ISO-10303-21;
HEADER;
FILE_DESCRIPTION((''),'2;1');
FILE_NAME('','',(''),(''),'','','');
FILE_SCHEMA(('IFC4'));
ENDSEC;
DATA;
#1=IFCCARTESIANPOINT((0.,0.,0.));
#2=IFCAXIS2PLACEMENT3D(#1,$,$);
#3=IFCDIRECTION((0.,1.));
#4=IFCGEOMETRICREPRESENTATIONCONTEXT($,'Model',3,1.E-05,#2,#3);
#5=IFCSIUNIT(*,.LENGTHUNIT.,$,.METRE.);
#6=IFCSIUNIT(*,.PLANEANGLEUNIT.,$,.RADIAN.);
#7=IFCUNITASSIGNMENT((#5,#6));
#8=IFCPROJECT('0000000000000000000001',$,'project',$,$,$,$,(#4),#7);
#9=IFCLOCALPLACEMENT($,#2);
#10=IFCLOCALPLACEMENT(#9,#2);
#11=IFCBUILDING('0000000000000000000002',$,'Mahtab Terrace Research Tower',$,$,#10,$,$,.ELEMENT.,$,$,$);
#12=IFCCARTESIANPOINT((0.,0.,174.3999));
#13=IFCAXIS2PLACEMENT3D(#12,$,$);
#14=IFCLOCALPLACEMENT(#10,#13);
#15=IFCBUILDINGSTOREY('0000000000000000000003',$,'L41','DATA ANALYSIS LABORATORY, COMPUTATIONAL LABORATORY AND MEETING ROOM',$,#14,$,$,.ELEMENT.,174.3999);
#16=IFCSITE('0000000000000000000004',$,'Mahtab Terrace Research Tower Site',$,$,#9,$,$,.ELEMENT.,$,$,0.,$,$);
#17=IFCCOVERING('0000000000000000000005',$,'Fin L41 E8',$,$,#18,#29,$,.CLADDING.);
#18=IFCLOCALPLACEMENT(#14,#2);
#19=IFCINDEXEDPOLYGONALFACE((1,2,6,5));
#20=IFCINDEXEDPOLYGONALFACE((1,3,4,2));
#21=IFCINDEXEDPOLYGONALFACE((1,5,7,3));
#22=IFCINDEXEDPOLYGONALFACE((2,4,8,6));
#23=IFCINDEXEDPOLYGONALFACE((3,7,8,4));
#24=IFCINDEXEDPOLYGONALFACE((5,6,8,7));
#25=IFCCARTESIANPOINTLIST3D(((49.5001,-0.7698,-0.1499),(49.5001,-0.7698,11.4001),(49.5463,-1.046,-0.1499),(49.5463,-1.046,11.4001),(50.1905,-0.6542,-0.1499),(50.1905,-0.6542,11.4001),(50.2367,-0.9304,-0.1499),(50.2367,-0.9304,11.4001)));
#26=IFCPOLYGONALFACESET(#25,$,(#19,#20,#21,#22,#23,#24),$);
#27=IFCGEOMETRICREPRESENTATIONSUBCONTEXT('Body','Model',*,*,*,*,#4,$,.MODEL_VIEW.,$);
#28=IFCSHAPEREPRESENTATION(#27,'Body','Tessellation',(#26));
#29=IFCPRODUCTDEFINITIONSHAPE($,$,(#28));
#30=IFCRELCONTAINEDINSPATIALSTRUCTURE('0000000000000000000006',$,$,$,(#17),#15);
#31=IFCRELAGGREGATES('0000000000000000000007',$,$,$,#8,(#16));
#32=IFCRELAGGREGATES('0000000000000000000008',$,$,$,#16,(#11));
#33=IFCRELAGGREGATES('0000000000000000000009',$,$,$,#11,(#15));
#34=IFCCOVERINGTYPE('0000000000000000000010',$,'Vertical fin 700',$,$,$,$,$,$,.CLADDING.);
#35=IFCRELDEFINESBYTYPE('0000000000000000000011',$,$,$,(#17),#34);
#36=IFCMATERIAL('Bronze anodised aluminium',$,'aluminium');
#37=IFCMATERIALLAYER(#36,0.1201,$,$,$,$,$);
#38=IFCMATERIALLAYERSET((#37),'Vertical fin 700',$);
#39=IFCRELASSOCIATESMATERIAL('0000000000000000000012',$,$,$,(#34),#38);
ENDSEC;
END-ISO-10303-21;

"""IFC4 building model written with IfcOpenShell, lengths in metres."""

from ifc_helpers import new_model, si_unit, direction, frame, origin, origin_2d, place, context, subcontext, project, spatial, rectangle, extrude, material, layer, layer_set, type_object, element, save


model = new_model("IFC4")

# Units and contexts
model_context = context("Model", 3, precision=1e-05, world=origin(), true_north=direction((0.0, 1.0)))
body_context = subcontext(model_context, "Body", "Model", "MODEL_VIEW")
ifc_project = project(units=[si_unit("LENGTHUNIT", "METRE"), si_unit("PLANEANGLEUNIT", "RADIAN")], contexts=[model_context])

# Site, building, storey
site_placement = place(None, origin())
site = spatial("IfcSite", under=ifc_project, at=site_placement, Name="Mahtab Terrace Research Tower Site", CompositionType="ELEMENT", RefElevation=0.0)
building_placement = place(site_placement, origin())
building = spatial("IfcBuilding", under=site, at=building_placement, Name="Mahtab Terrace Research Tower", CompositionType="ELEMENT")
storey_placement = place(building_placement, frame((0.0, 0.0, 174.3999)))
storey = spatial("IfcBuildingStorey", under=building, at=storey_placement, Name="L41", Description="DATA ANALYSIS LABORATORY, COMPUTATIONAL LABORATORY AND MEETING ROOM", CompositionType="ELEMENT", Elevation=174.3999)

# Covering
ifc_material_1 = material(Name="Bronze anodised aluminium", Category="aluminium")
ifc_layer_1 = layer(ifc_material_1, 0.1201)
ifc_layer_set_1 = layer_set([ifc_layer_1], Name="Vertical fin 700")
covering_type = type_object("IfcCoveringType", Name="Vertical fin 700", PredefinedType="CLADDING", material=ifc_layer_set_1)
for number, where, z_axis, x_axis, name in (
    (1, (49.8684, -0.8501, -0.1499), (0.0, 0.0, 1.0), (-0.165048, 0.986286, 0.0), "Fin L41 E8"),
):
    element("IfcCovering", number, at=place(storey_placement, frame(where, z_axis=z_axis, x_axis=x_axis)), inside=storey, type_object=covering_type, Name=name, PredefinedType="CLADDING", context=body_context, shape_type="SweptSolid", body=[
        extrude(rectangle(XDim=0.28, YDim=0.7, at=origin_2d()), origin(), (0.0, 0.0, 1.0), 11.55),
    ])

save(model, "model.ifc")
